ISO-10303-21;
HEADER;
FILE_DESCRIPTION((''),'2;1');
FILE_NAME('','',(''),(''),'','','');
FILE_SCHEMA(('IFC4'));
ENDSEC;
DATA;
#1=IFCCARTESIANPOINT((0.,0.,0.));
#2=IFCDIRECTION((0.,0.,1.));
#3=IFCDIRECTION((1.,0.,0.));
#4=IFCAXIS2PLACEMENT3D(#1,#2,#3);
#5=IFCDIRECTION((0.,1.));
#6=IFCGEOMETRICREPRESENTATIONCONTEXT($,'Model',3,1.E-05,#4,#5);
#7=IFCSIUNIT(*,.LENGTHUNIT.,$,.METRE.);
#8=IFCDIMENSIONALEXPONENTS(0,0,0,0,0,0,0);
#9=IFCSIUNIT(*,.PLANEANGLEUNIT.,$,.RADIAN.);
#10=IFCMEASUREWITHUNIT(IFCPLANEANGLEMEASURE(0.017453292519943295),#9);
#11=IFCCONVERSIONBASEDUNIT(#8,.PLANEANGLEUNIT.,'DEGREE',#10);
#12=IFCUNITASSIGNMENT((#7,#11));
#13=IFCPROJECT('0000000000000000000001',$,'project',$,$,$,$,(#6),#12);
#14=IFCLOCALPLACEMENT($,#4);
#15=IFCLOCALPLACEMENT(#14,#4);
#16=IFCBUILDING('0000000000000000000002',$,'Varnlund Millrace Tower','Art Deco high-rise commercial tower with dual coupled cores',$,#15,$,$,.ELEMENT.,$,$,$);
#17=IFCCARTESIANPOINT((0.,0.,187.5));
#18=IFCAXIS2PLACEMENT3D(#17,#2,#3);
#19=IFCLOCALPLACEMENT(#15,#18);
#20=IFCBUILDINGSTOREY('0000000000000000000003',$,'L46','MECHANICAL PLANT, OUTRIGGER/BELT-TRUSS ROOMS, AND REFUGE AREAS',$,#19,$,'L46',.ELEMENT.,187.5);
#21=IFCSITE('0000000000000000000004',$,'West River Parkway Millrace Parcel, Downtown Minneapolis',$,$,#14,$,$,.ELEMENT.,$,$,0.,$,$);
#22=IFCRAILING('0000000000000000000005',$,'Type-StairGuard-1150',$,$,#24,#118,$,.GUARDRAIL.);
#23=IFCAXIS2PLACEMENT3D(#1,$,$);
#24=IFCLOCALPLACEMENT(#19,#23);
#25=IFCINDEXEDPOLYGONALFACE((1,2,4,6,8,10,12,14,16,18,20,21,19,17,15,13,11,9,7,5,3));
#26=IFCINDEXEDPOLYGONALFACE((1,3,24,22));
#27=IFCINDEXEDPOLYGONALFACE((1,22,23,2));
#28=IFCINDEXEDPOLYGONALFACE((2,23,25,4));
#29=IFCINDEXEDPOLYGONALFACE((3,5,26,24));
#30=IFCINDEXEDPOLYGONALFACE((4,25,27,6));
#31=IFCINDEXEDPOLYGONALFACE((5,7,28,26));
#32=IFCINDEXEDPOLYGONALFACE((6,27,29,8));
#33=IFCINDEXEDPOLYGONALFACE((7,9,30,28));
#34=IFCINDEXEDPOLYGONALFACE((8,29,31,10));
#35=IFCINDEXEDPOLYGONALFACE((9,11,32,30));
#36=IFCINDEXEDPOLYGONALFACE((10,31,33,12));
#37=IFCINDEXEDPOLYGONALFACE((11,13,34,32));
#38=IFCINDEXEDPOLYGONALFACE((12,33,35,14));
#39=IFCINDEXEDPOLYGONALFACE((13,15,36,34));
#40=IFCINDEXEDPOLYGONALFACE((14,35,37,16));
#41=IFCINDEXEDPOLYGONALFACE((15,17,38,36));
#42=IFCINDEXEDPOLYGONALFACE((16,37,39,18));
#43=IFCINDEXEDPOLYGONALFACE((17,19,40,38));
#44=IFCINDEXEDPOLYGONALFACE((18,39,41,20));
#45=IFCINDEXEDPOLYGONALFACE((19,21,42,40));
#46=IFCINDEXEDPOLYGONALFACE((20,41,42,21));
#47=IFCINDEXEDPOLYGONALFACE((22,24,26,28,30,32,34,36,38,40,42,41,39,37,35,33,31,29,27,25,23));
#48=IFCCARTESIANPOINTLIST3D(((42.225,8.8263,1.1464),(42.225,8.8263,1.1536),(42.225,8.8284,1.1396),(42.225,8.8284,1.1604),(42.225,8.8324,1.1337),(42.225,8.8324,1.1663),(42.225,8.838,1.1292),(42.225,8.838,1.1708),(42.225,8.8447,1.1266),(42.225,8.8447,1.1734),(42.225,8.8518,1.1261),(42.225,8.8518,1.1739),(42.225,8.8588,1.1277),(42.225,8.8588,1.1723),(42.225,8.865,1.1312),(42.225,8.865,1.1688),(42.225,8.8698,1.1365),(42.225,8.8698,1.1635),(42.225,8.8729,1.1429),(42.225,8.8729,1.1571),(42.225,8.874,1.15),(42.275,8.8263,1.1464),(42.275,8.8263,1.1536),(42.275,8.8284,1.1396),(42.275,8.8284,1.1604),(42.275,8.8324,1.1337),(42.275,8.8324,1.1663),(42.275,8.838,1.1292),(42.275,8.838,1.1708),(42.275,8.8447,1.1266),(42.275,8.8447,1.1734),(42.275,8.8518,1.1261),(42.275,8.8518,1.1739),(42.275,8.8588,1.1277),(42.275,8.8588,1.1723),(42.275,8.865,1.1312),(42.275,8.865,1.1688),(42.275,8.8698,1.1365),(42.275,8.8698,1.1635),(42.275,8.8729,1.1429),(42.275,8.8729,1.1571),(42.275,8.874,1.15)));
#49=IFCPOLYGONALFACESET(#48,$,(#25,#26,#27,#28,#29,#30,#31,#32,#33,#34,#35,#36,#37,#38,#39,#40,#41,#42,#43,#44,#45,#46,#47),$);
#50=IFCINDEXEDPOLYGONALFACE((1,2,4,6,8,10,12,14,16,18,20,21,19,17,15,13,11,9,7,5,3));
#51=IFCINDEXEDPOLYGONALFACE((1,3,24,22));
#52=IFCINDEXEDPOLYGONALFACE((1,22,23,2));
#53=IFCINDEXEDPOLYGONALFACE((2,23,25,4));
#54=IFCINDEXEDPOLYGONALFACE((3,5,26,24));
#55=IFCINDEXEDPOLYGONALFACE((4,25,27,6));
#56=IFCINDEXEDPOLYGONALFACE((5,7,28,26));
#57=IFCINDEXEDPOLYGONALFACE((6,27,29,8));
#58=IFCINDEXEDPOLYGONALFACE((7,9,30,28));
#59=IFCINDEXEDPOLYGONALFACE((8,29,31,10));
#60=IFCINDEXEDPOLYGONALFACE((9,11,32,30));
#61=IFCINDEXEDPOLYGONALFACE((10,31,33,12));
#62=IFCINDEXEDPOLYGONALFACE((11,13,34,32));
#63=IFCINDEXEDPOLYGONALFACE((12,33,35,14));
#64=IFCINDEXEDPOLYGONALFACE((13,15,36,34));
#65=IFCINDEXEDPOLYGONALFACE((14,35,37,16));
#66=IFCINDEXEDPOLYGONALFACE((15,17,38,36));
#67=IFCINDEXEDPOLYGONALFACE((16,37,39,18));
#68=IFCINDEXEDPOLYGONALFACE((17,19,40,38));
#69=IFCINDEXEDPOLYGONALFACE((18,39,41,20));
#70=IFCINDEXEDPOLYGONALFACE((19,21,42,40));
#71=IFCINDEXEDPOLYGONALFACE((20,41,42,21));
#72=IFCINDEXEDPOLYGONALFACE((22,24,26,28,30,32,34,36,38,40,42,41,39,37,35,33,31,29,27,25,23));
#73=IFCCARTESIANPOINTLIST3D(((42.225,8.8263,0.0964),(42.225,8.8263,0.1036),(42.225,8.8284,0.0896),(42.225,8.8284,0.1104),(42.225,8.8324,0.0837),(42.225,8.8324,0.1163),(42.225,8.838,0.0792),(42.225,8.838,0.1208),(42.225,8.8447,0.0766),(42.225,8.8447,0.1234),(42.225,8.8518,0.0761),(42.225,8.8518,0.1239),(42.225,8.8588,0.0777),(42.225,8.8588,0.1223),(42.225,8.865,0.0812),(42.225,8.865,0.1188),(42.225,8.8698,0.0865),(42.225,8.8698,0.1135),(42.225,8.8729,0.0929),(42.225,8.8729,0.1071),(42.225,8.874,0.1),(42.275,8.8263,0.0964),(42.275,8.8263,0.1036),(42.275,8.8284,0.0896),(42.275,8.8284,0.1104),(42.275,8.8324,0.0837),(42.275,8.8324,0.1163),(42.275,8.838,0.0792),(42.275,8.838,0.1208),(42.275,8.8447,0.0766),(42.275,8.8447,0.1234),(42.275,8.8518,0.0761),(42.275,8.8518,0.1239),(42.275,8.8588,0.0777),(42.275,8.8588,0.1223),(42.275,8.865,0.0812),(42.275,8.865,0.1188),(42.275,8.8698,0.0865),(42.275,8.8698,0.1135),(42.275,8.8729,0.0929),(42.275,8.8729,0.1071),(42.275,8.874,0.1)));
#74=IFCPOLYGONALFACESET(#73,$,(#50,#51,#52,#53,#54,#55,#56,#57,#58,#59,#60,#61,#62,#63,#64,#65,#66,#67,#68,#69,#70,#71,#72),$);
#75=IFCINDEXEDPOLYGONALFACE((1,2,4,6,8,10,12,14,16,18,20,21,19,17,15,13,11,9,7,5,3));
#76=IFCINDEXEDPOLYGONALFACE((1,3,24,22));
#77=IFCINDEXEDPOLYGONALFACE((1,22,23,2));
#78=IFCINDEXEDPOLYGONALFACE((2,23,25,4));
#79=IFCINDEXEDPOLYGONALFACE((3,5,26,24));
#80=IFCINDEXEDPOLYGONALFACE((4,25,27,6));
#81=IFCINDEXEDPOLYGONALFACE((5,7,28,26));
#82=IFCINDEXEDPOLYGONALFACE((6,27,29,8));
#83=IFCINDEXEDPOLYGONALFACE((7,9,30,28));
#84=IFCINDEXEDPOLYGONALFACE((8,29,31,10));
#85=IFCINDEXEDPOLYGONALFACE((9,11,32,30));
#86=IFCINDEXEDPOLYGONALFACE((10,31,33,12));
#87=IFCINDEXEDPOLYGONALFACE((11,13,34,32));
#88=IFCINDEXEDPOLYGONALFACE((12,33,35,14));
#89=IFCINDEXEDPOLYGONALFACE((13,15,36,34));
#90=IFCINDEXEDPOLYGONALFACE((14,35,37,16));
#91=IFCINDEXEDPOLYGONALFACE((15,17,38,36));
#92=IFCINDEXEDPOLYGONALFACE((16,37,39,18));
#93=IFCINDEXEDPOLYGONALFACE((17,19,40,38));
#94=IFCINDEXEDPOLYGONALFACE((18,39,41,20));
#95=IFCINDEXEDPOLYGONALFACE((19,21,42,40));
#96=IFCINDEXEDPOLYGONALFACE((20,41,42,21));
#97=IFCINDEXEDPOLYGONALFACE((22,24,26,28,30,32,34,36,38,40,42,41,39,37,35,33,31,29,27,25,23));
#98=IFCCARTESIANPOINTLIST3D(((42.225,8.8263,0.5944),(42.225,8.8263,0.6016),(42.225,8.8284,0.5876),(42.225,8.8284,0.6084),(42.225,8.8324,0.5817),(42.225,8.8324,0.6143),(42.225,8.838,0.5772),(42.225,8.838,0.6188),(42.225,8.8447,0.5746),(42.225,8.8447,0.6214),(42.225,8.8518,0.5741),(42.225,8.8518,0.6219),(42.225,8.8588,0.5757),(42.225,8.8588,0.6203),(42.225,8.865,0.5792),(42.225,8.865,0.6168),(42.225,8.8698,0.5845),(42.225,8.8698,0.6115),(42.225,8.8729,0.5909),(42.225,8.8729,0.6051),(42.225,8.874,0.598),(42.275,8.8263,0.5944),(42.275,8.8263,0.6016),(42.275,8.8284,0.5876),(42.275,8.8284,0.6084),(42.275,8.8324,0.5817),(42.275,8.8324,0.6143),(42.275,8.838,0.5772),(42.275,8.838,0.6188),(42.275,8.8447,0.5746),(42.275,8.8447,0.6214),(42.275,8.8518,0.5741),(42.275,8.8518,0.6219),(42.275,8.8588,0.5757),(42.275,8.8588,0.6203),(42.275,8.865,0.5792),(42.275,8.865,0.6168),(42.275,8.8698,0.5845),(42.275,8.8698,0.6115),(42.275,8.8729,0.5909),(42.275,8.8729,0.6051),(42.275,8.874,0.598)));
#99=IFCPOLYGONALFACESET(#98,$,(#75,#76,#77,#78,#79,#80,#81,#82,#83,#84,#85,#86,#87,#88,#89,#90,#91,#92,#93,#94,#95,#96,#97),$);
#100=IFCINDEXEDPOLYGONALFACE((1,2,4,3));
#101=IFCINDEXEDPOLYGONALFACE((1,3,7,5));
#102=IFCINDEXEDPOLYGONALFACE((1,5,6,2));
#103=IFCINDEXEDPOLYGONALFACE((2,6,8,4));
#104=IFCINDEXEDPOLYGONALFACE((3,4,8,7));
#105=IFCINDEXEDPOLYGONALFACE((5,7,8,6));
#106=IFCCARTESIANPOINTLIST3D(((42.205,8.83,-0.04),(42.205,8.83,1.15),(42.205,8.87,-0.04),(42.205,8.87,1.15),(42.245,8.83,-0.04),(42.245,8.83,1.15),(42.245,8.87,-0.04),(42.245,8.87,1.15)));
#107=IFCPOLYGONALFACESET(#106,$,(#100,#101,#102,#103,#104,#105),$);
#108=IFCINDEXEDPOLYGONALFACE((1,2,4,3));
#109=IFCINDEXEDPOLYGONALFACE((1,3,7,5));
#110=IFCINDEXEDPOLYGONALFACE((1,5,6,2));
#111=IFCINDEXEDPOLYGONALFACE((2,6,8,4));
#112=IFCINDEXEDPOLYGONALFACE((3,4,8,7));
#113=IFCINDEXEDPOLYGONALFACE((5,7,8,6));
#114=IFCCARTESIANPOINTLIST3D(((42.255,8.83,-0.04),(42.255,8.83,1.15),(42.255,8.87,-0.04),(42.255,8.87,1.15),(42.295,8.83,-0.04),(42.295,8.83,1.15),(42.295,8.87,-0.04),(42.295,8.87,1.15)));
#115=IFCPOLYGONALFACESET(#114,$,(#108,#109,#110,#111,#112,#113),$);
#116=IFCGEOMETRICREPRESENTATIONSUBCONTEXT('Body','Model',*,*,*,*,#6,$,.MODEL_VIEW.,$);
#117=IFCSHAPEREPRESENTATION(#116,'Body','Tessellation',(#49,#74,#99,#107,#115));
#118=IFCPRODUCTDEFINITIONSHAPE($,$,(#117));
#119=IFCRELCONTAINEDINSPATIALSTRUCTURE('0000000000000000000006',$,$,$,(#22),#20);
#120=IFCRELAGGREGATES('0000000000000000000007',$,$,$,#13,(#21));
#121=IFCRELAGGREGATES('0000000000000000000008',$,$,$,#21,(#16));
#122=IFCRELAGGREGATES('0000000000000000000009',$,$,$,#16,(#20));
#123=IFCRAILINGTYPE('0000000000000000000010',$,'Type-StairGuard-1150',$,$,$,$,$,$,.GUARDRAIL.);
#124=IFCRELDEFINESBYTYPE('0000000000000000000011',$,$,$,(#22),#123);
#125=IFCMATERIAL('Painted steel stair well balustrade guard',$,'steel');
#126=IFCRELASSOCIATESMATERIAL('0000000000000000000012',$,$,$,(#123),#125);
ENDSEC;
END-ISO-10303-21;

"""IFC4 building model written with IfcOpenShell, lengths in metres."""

from ifc_helpers import new_model, entity, si_unit, converted_unit, direction, frame, origin_with_axes, origin_2d_with_axis, place, context, subcontext, project, spatial, rectangle, circle, extrude, material, type_object, element, save


model = new_model("IFC4")

# Units and contexts
model_context = context("Model", 3, precision=1e-05, world=origin_with_axes(), true_north=direction((0.0, 1.0)))
body_context = subcontext(model_context, "Body", "Model", "MODEL_VIEW")
ifc_project = project(units=[si_unit("LENGTHUNIT", "METRE"), converted_unit("PLANEANGLEUNIT", "DEGREE", entity("IfcPlaneAngleMeasure", 0.017453292519943295), si_unit("PLANEANGLEUNIT", "RADIAN"), dimensions=[0, 0, 0, 0, 0, 0, 0])], contexts=[model_context])

# Site, building, storey
site_placement = place(None, origin_with_axes())
site = spatial("IfcSite", under=ifc_project, at=site_placement, Name="West River Parkway Millrace Parcel, Downtown Minneapolis", CompositionType="ELEMENT", RefElevation=0.0)
building_placement = place(site_placement, origin_with_axes())
building = spatial("IfcBuilding", under=site, at=building_placement, Name="Varnlund Millrace Tower", Description="Art Deco high-rise commercial tower with dual coupled cores", CompositionType="ELEMENT")
storey_placement = place(building_placement, frame((0.0, 0.0, 187.5), z_axis=(0.0, 0.0, 1.0), x_axis=(1.0, 0.0, 0.0)))
storey = spatial("IfcBuildingStorey", under=building, at=storey_placement, Name="L46", Description="MECHANICAL PLANT, OUTRIGGER/BELT-TRUSS ROOMS, AND REFUGE AREAS", LongName="L46", CompositionType="ELEMENT", Elevation=187.5)

# Railing
ifc_material_1 = material(Name="Painted steel stair well balustrade guard", Category="steel")
railing_type_1 = type_object("IfcRailingType", Name="Type-StairGuard-1150", PredefinedType="GUARDRAIL", material=ifc_material_1)
railing_1_placement = place(storey_placement, frame((0.0, 0.0, -187.5), z_axis=(0.0, 0.0, 1.0), x_axis=(1.0, 0.0, 0.0)))
element("IfcRailing", 1, at=railing_1_placement, inside=storey, type_object=railing_type_1, Name="Type-StairGuard-1150", PredefinedType="GUARDRAIL", context=body_context, shape_type="SweptSolid", body=[
    extrude(circle(Radius=0.024, at=origin_2d_with_axis()), frame((42.225, 8.85, 188.65), z_axis=(1.0, 0.0, 0.0), x_axis=(0.0, 1.0, 0.0)), (0.0, 0.0, 1.0), 0.05),
    extrude(circle(Radius=0.024, at=origin_2d_with_axis()), frame((42.225, 8.85, 187.6), z_axis=(1.0, 0.0, 0.0), x_axis=(0.0, 1.0, 0.0)), (0.0, 0.0, 1.0), 0.05),
    extrude(circle(Radius=0.024, at=origin_2d_with_axis()), frame((42.225, 8.85, 188.098), z_axis=(1.0, 0.0, 0.0), x_axis=(0.0, 1.0, 0.0)), (0.0, 0.0, 1.0), 0.05),
    extrude(rectangle(XDim=0.04, YDim=0.04, at=origin_2d_with_axis()), frame((42.225, 8.85, 187.46), z_axis=(0.0, 0.0, 1.0), x_axis=(1.0, 0.0, 0.0)), (0.0, 0.0, 1.0), 1.19),
    extrude(rectangle(XDim=0.04, YDim=0.04, at=origin_2d_with_axis()), frame((42.275, 8.85, 187.46), z_axis=(0.0, 0.0, 1.0), x_axis=(1.0, 0.0, 0.0)), (0.0, 0.0, 1.0), 1.19),
])

save(model, "model.ifc")
